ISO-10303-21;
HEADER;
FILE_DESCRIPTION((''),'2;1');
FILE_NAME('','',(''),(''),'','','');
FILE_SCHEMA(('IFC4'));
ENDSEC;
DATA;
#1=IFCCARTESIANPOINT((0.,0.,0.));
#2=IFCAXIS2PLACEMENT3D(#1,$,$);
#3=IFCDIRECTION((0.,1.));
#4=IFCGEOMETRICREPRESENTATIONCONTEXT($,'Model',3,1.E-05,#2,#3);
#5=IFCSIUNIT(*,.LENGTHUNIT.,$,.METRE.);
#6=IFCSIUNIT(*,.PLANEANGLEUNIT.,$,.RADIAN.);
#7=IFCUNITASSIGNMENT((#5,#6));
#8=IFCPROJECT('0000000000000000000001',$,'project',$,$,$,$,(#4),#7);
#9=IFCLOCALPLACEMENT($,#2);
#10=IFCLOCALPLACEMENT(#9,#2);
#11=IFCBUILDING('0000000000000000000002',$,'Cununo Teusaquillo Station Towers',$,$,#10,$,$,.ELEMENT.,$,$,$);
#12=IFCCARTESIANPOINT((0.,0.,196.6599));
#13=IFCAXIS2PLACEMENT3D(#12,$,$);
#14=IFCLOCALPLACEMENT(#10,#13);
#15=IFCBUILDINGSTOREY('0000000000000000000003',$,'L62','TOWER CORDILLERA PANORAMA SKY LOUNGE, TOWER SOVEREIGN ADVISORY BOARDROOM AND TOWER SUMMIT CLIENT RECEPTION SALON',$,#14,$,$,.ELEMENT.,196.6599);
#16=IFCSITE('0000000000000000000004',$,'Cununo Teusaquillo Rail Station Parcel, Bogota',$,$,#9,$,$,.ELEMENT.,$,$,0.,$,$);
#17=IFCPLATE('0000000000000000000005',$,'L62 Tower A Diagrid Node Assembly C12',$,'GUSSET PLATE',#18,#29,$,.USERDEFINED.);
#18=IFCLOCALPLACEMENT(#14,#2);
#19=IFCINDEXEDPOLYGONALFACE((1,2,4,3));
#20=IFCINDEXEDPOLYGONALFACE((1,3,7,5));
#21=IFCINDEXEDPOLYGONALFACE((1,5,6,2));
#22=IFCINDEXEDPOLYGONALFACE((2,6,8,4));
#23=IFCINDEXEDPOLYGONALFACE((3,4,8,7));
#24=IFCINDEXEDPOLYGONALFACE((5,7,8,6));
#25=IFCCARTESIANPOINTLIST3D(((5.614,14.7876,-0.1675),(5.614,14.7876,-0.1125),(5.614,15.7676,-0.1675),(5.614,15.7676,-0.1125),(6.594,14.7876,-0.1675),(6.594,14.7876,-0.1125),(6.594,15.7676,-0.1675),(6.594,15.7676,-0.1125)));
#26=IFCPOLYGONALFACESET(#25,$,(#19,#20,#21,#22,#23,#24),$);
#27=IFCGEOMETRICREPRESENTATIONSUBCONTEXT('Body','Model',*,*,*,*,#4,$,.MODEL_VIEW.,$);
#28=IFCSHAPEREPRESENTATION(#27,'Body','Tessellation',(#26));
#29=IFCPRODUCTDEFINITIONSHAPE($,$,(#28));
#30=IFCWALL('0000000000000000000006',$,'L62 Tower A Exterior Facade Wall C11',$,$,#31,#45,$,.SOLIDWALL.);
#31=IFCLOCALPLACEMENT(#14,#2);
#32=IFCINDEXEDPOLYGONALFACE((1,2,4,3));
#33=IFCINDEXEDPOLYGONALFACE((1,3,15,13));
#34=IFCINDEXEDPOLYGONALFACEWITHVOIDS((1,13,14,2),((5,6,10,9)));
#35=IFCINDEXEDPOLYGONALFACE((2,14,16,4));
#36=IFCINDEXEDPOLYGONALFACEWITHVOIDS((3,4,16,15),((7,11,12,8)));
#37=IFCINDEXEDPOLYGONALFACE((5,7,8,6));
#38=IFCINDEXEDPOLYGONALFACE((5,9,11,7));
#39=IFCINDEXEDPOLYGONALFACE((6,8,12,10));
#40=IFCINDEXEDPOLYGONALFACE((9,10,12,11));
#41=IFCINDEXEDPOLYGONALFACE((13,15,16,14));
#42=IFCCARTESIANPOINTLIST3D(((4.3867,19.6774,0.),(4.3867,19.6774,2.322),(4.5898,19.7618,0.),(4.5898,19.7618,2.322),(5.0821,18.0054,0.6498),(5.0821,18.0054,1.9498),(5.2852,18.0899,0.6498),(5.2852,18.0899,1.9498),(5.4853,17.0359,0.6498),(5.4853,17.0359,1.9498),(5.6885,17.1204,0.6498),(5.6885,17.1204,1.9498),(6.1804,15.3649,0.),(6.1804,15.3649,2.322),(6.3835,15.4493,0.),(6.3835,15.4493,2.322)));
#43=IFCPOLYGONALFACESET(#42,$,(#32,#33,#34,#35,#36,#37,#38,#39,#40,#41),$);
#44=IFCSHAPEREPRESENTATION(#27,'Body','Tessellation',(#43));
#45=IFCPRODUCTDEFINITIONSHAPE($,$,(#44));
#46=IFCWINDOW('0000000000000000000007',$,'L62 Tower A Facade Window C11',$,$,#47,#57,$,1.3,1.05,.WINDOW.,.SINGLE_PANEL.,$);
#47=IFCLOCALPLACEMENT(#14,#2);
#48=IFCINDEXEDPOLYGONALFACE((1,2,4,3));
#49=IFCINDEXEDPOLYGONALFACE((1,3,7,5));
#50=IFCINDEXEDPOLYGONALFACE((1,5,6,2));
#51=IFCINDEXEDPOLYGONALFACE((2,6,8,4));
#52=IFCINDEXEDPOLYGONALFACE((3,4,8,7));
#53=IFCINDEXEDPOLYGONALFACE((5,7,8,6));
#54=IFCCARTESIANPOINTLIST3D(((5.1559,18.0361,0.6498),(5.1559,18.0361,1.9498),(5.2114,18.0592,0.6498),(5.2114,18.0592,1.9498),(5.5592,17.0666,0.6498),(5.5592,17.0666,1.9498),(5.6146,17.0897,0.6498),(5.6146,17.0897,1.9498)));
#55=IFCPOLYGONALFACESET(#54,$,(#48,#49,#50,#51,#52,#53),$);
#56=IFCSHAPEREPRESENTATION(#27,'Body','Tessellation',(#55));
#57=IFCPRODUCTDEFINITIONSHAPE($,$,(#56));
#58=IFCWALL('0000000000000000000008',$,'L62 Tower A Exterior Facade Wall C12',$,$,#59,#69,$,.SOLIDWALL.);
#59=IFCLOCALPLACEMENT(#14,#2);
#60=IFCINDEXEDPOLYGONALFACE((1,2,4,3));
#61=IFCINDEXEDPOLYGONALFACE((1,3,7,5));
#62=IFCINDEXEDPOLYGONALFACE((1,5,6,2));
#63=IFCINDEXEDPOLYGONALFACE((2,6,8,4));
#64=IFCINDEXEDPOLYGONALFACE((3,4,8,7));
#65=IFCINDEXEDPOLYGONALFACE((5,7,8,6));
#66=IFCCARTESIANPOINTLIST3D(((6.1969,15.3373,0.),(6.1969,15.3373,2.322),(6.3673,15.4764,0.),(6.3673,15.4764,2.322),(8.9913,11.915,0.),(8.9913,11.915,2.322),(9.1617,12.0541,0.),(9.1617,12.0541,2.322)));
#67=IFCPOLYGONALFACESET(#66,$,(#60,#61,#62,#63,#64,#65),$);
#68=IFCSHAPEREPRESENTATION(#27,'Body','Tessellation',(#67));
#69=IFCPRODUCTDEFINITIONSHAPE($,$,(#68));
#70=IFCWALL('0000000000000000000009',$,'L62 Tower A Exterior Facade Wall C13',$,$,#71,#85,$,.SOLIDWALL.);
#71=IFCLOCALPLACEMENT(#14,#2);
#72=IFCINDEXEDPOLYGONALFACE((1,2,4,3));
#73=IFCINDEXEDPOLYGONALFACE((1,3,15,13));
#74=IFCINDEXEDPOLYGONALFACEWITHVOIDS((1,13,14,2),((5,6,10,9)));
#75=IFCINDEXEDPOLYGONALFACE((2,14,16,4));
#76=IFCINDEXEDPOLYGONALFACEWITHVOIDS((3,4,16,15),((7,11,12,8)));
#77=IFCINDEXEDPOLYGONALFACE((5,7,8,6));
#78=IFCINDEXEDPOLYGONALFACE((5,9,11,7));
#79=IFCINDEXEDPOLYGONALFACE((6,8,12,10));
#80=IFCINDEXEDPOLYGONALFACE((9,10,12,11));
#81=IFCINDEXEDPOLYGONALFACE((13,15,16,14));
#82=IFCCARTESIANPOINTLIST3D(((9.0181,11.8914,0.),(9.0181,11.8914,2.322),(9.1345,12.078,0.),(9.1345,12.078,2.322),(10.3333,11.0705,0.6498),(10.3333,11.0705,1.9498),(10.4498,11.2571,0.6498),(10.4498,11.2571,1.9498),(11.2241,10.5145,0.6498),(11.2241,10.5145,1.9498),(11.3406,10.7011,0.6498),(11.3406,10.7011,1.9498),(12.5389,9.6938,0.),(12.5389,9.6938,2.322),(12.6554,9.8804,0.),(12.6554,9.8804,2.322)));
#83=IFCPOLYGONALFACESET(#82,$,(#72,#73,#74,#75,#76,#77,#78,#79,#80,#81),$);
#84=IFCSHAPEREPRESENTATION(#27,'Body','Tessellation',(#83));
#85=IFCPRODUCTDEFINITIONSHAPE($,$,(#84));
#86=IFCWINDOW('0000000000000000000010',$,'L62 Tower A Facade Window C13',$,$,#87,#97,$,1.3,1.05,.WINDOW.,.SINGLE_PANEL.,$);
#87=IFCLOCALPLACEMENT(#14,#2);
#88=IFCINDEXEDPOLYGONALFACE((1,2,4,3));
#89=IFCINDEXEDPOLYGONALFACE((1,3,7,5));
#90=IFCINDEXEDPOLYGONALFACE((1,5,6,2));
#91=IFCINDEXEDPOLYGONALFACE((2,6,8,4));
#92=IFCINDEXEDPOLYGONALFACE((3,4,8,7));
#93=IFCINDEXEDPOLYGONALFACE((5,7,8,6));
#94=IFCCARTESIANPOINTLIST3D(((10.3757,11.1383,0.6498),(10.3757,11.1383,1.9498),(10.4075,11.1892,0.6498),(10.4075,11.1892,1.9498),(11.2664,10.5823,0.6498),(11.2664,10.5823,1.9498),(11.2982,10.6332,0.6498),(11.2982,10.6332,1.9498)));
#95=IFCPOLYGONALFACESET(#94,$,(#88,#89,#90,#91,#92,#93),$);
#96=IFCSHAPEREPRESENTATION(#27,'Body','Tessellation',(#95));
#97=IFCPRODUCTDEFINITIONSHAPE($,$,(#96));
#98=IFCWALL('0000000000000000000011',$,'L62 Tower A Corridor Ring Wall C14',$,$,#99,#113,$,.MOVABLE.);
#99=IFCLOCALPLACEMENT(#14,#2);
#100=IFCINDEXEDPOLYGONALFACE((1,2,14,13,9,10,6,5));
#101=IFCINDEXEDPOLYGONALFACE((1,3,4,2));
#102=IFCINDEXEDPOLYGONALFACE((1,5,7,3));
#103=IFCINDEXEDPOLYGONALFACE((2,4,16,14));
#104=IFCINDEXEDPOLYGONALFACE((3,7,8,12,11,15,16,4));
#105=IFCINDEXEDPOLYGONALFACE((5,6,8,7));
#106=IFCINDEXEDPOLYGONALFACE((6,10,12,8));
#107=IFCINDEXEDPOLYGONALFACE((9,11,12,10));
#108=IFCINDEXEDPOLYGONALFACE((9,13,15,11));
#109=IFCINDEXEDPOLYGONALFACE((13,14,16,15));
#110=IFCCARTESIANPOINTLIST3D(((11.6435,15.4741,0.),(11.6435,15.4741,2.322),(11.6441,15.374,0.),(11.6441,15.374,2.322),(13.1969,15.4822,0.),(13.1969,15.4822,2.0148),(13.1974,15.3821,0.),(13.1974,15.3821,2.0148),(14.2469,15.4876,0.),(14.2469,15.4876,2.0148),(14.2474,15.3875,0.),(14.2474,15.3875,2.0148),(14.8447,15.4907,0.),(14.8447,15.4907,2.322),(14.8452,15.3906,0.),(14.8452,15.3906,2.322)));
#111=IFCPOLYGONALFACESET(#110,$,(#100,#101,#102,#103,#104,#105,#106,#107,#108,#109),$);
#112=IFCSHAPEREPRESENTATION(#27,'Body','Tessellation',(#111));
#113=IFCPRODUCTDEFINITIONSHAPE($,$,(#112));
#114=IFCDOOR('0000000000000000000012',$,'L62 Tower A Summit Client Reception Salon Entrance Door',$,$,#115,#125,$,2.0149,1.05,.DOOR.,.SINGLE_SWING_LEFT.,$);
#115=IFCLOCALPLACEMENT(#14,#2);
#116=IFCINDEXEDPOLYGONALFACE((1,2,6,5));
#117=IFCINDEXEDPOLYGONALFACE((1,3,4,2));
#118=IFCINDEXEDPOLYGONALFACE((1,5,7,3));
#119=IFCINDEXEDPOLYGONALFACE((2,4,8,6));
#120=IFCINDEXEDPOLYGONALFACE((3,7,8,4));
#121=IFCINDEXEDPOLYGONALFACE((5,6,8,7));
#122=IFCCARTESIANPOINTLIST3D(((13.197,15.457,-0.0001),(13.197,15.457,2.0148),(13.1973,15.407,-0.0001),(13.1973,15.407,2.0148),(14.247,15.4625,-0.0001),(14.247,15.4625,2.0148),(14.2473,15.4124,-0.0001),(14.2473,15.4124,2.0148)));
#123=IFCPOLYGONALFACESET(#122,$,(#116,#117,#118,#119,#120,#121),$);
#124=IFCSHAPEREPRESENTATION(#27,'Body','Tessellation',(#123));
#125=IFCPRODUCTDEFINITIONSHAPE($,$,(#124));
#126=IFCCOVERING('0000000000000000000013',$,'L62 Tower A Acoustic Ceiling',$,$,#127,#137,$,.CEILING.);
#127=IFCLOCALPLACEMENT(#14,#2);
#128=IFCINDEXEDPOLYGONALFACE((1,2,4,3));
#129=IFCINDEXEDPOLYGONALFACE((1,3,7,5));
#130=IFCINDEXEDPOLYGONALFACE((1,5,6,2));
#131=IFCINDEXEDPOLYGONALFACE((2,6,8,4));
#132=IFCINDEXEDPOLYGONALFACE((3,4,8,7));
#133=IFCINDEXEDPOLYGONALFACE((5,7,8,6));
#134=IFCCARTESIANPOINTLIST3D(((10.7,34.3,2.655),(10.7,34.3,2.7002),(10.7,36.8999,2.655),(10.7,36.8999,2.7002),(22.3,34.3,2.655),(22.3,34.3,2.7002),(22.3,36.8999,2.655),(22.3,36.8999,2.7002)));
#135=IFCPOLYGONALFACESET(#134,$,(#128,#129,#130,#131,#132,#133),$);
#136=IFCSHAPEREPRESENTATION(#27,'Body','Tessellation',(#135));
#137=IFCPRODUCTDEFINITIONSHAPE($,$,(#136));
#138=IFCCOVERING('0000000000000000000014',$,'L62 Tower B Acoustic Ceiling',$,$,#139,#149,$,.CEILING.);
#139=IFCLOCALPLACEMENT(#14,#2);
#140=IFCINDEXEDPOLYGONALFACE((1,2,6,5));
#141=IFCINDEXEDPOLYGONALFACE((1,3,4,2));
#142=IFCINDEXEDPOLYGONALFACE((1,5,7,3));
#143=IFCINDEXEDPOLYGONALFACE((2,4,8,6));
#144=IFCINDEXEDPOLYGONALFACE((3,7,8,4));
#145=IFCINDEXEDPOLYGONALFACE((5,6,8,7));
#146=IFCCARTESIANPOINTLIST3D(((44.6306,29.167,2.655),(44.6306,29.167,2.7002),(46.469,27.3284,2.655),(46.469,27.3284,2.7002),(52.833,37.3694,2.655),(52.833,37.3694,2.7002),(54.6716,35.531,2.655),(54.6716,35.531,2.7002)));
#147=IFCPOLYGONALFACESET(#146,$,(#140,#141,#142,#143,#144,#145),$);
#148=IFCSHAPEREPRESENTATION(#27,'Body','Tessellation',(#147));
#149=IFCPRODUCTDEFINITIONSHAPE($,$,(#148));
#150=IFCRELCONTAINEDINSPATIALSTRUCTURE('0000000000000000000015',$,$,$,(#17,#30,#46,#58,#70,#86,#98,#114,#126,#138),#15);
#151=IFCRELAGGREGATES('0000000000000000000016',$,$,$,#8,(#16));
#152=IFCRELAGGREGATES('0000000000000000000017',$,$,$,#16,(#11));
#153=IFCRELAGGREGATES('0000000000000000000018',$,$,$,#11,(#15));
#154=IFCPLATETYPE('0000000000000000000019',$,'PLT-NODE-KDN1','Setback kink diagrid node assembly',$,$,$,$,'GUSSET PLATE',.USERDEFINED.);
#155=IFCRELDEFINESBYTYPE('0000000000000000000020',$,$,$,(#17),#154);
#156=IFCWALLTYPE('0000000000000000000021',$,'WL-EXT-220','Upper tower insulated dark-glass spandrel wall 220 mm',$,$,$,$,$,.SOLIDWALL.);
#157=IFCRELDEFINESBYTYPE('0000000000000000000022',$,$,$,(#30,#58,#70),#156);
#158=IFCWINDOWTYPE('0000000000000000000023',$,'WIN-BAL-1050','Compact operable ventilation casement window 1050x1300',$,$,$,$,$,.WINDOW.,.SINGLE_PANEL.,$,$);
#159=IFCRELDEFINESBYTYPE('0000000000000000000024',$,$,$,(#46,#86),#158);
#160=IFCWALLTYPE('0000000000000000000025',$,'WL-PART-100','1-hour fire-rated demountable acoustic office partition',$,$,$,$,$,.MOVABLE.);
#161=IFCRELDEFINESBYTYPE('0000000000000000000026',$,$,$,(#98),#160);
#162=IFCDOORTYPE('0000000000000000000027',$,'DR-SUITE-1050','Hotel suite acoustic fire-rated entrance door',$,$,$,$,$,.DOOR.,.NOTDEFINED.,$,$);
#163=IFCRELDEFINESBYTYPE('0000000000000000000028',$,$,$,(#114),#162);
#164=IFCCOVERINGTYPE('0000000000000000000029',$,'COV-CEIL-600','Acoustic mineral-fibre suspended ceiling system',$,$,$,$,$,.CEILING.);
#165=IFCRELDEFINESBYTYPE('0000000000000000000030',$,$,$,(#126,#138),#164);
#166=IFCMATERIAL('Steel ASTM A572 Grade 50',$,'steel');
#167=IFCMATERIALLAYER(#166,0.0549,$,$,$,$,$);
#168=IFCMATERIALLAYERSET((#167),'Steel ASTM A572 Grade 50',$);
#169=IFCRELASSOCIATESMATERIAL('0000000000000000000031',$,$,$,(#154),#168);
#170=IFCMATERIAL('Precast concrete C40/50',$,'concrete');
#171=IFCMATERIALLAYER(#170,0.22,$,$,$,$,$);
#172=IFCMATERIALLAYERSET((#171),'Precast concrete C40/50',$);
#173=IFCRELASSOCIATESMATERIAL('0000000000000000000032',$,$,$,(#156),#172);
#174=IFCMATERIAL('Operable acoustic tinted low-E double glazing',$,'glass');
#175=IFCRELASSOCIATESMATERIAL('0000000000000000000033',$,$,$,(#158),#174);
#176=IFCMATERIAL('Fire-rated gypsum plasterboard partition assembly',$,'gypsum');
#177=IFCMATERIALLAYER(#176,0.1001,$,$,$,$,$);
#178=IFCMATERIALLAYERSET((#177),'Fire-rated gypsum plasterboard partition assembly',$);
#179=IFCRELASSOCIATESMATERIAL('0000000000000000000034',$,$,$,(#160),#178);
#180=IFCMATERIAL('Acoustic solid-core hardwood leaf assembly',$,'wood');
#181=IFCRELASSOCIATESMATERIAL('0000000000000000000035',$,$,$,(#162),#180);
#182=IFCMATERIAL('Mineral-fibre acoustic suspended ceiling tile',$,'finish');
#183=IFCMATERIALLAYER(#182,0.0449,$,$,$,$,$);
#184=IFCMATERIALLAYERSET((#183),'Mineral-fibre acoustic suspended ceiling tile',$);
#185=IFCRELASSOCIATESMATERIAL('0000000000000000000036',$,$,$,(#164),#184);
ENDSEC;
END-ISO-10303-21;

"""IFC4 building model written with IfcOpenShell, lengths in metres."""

from ifc_helpers import new_model, si_unit, direction, frame, frame_2d, origin, origin_2d, place, context, subcontext, project, spatial, polyline, rectangle, outline, extrude, source, transform, mapped, material, layer, layer_set, type_object, element, fill, save


model = new_model("IFC4")

# Units and contexts
model_context = context("Model", 3, precision=1e-05, world=origin(), true_north=direction((0.0, 1.0)))
body_context = subcontext(model_context, "Body", "Model", "MODEL_VIEW")
ifc_project = project(units=[si_unit("LENGTHUNIT", "METRE"), si_unit("PLANEANGLEUNIT", "RADIAN")], contexts=[model_context])

# Site, building, storey
site_placement = place(None, origin())
site = spatial("IfcSite", under=ifc_project, at=site_placement, Name="Cununo Teusaquillo Rail Station Parcel, Bogota", CompositionType="ELEMENT", RefElevation=0.0)
building_placement = place(site_placement, origin())
building = spatial("IfcBuilding", under=site, at=building_placement, Name="Cununo Teusaquillo Station Towers", CompositionType="ELEMENT")
storey_placement = place(building_placement, frame((0.0, 0.0, 196.6599)))
storey = spatial("IfcBuildingStorey", under=building, at=storey_placement, Name="L62", Description="TOWER CORDILLERA PANORAMA SKY LOUNGE, TOWER SOVEREIGN ADVISORY BOARDROOM AND TOWER SUMMIT CLIENT RECEPTION SALON", CompositionType="ELEMENT", Elevation=196.6599)

# Plate
ifc_material_1 = material(Name="Steel ASTM A572 Grade 50", Category="steel")
ifc_layer_1 = layer(ifc_material_1, 0.0549)
ifc_layer_set_1 = layer_set([ifc_layer_1], Name="Steel ASTM A572 Grade 50")
plate_type = type_object("IfcPlateType", Name="PLT-NODE-KDN1", Description="Setback kink diagrid node assembly", ElementType="GUSSET PLATE", PredefinedType="USERDEFINED", material=ifc_layer_set_1)
shared_shape_1 = source(origin(), body_context, "Body", "SweptSolid", [
    extrude(rectangle(XDim=0.98, YDim=0.98, at=origin_2d()), origin(), (0.0, 0.0, 1.0), 0.0549),
])
plate_placement = place(storey_placement, frame((6.104, 15.2776, -0.1675), z_axis=(0.0, 0.0, 1.0), x_axis=(1.0, 0.0, 0.0)))
element("IfcPlate", 1, at=plate_placement, inside=storey, type_object=plate_type, Name="L62 Tower A Diagrid Node Assembly C12", ObjectType="GUSSET PLATE", PredefinedType="USERDEFINED", context=body_context, shape_type="MappedRepresentation", body=[
    mapped(shared_shape_1, transform((0.0, 0.0, 0.0), x_axis=(1.0, 0.0, 0.0), y_axis=(0.0, 1.0, 0.0), z_axis=(0.0, 0.0, 1.0), scale=1.0)),
])

# Wall, opening, window
ifc_material_2 = material(Name="Precast concrete C40/50", Category="concrete")
ifc_layer_2 = layer(ifc_material_2, 0.22)
ifc_layer_set_2 = layer_set([ifc_layer_2], Name="Precast concrete C40/50")
wall_type_1 = type_object("IfcWallType", Name="WL-EXT-220", Description="Upper tower insulated dark-glass spandrel wall 220 mm", PredefinedType="SOLIDWALL", material=ifc_layer_set_2)
wall_1_placement = place(storey_placement, frame((6.282, 15.407, 0.0), z_axis=(0.0, 0.0, 1.0), x_axis=(-0.384036, 0.923318, 0.0)))
wall_1 = element("IfcWall", 2, at=wall_1_placement, inside=storey, type_object=wall_type_1, Name="L62 Tower A Exterior Facade Wall C11", PredefinedType="SOLIDWALL", context=body_context, shape_type="SweptSolid", body=[
    extrude(rectangle(XDim=4.6707, YDim=0.22, at=frame_2d((2.3354, 0.0))), origin(), (0.0, 0.0, 1.0), 2.322),
])
shared_shape_2 = source(origin(), body_context, "Body", "SweptSolid", [
    extrude(rectangle(XDim=1.05, YDim=1.3, at=frame_2d((0.5249, 0.6499))), frame((0.0, 0.1199, 0.0), z_axis=(0.0, -1.0, 0.0), x_axis=(1.0, 0.0, 0.0)), (0.0, 0.0, 1.0), 0.24),
])
opening_1_placement = place(wall_1_placement, frame((1.8101, 0.0, 0.6499)))
opening_1 = element("IfcOpeningElement", 3, at=opening_1_placement, cuts=wall_1, PredefinedType="OPENING", context=body_context, shape_type="MappedRepresentation", body=[
    mapped(shared_shape_2, transform((0.0, 0.0, 0.0), x_axis=(1.0, 0.0, 0.0), y_axis=(0.0, 1.0, 0.0), z_axis=(0.0, 0.0, 1.0), scale=1.0)),
])
ifc_material_3 = material(Name="Operable acoustic tinted low-E double glazing", Category="glass")
window_type = type_object("IfcWindowType", Name="WIN-BAL-1050", Description="Compact operable ventilation casement window 1050x1300", PartitioningType="SINGLE_PANEL", PredefinedType="WINDOW", material=ifc_material_3)
shared_shape_3 = source(origin(), body_context, "Body", "SweptSolid", [
    extrude(rectangle(XDim=1.05, YDim=1.3, at=frame_2d((0.5249, 0.6499))), frame((0.0, 0.03, 0.0), z_axis=(0.0, -1.0, 0.0), x_axis=(1.0, 0.0, 0.0)), (0.0, 0.0, 1.0), 0.0601),
])
window_1_placement = place(opening_1_placement, origin())
window_1 = element("IfcWindow", 4, at=window_1_placement, inside=storey, type_object=window_type, Name="L62 Tower A Facade Window C11", OverallHeight=1.3, OverallWidth=1.05, PartitioningType="SINGLE_PANEL", PredefinedType="WINDOW", context=body_context, shape_type="MappedRepresentation", body=[
    mapped(shared_shape_3, transform((0.0, 0.0, 0.0), x_axis=(1.0, 0.0, 0.0), y_axis=(0.0, 1.0, 0.0), z_axis=(0.0, 0.0, 1.0), scale=1.0)),
])
fill(opening_1, window_1)

# Wall
wall_2_placement = place(storey_placement, frame((9.0764, 11.9846, 0.0), z_axis=(0.0, 0.0, 1.0), x_axis=(-0.632467, 0.774587, 0.0)))
element("IfcWall", 5, at=wall_2_placement, inside=storey, type_object=wall_type_1, Name="L62 Tower A Exterior Facade Wall C12", PredefinedType="SOLIDWALL", context=body_context, shape_type="SweptSolid", body=[
    extrude(rectangle(XDim=4.4182, YDim=0.22, at=frame_2d((2.209, 0.0))), origin(), (0.0, 0.0, 1.0), 2.322),
])

# Wall, opening, window
wall_3_placement = place(storey_placement, frame((12.5972, 9.7871, 0.0), z_axis=(0.0, 0.0, 1.0), x_axis=(-0.848319, 0.529486, 0.0)))
wall_3 = element("IfcWall", 6, at=wall_3_placement, inside=storey, type_object=wall_type_1, Name="L62 Tower A Exterior Facade Wall C13", PredefinedType="SOLIDWALL", context=body_context, shape_type="SweptSolid", body=[
    extrude(rectangle(XDim=4.1504, YDim=0.22, at=frame_2d((2.0752, 0.0))), origin(), (0.0, 0.0, 1.0), 2.322),
])
opening_2_placement = place(wall_3_placement, frame((1.55, 0.0, 0.6499)))
opening_2 = element("IfcOpeningElement", 7, at=opening_2_placement, cuts=wall_3, PredefinedType="OPENING", context=body_context, shape_type="MappedRepresentation", body=[
    mapped(shared_shape_2, transform((0.0, 0.0, 0.0), x_axis=(1.0, 0.0, 0.0), y_axis=(0.0, 1.0, 0.0), z_axis=(0.0, 0.0, 1.0), scale=1.0)),
])
window_2_placement = place(opening_2_placement, origin())
window_2 = element("IfcWindow", 8, at=window_2_placement, inside=storey, type_object=window_type, Name="L62 Tower A Facade Window C13", OverallHeight=1.3, OverallWidth=1.05, PartitioningType="SINGLE_PANEL", PredefinedType="WINDOW", context=body_context, shape_type="MappedRepresentation", body=[
    mapped(shared_shape_3, transform((0.0, 0.0, 0.0), x_axis=(1.0, 0.0, 0.0), y_axis=(0.0, 1.0, 0.0), z_axis=(0.0, 0.0, 1.0), scale=1.0)),
])
fill(opening_2, window_2)

# Wall, opening, door
ifc_material_4 = material(Name="Fire-rated gypsum plasterboard partition assembly", Category="gypsum")
ifc_layer_3 = layer(ifc_material_4, 0.1001)
ifc_layer_set_3 = layer_set([ifc_layer_3], Name="Fire-rated gypsum plasterboard partition assembly")
wall_type_2 = type_object("IfcWallType", Name="WL-PART-100", Description="1-hour fire-rated demountable acoustic office partition", PredefinedType="MOVABLE", material=ifc_layer_set_3)
wall_4_placement = place(storey_placement, frame((11.6438, 15.4241, 0.0), z_axis=(0.0, 0.0, 1.0), x_axis=(0.999987, 0.005186, 0.0)))
wall_4 = element("IfcWall", 9, at=wall_4_placement, inside=storey, type_object=wall_type_2, Name="L62 Tower A Corridor Ring Wall C14", PredefinedType="MOVABLE", context=body_context, shape_type="SweptSolid", body=[
    extrude(rectangle(XDim=3.2012, YDim=0.1001, at=frame_2d((1.6006, 0.0))), origin(), (0.0, 0.0, 1.0), 2.322),
])
shared_shape_4 = source(origin(), body_context, "Body", "SweptSolid", [
    extrude(rectangle(XDim=1.05, YDim=2.0149, at=frame_2d((0.5249, 1.0073))), frame((0.0, 0.0601, 0.0), z_axis=(0.0, -1.0, 0.0), x_axis=(1.0, 0.0, 0.0)), (0.0, 0.0, 1.0), 0.1201),
])
opening_3_placement = place(wall_4_placement, frame((1.5535, 0.0, 0.0)))
opening_3 = element("IfcOpeningElement", 10, at=opening_3_placement, cuts=wall_4, PredefinedType="OPENING", context=body_context, shape_type="MappedRepresentation", body=[
    mapped(shared_shape_4, transform((0.0, 0.0, 0.0), x_axis=(1.0, 0.0, 0.0), y_axis=(0.0, 1.0, 0.0), z_axis=(0.0, 0.0, 1.0), scale=1.0)),
])
ifc_material_5 = material(Name="Acoustic solid-core hardwood leaf assembly", Category="wood")
door_type = type_object("IfcDoorType", Name="DR-SUITE-1050", Description="Hotel suite acoustic fire-rated entrance door", OperationType="NOTDEFINED", PredefinedType="DOOR", material=ifc_material_5)
shared_shape_5 = source(origin(), body_context, "Body", "SweptSolid", [
    extrude(rectangle(XDim=1.05, YDim=2.0149, at=frame_2d((0.5249, 1.0073))), frame((0.0, 0.0249, 0.0), z_axis=(0.0, -1.0, 0.0), x_axis=(1.0, 0.0, 0.0)), (0.0, 0.0, 1.0), 0.05),
])
door_placement = place(opening_3_placement, origin())
door = element("IfcDoor", 11, at=door_placement, inside=storey, type_object=door_type, Name="L62 Tower A Summit Client Reception Salon Entrance Door", OperationType="SINGLE_SWING_LEFT", OverallHeight=2.0149, OverallWidth=1.05, PredefinedType="DOOR", context=body_context, shape_type="MappedRepresentation", body=[
    mapped(shared_shape_5, transform((0.0, 0.0, 0.0), x_axis=(1.0, 0.0, 0.0), y_axis=(0.0, 1.0, 0.0), z_axis=(0.0, 0.0, 1.0), scale=1.0)),
])
fill(opening_3, door)

# Coverings
ifc_material_6 = material(Name="Mineral-fibre acoustic suspended ceiling tile", Category="finish")
ifc_layer_4 = layer(ifc_material_6, 0.0449)
ifc_layer_set_4 = layer_set([ifc_layer_4], Name="Mineral-fibre acoustic suspended ceiling tile")
covering_type_1 = type_object("IfcCoveringType", Name="COV-CEIL-600", Description="Acoustic mineral-fibre suspended ceiling system", PredefinedType="CEILING", material=ifc_layer_set_4)
covering_1_placement = place(storey_placement, frame((0.0, 0.0, 2.655)))
element("IfcCovering", 12, at=covering_1_placement, inside=storey, type_object=covering_type_1, Name="L62 Tower A Acoustic Ceiling", PredefinedType="CEILING", context=body_context, shape_type="SweptSolid", body=[
    extrude(outline(polyline([(22.3, 36.8999), (22.3, 34.3), (10.7, 34.3), (10.7, 36.8999), (22.3, 36.8999)])), origin(), (0.0, 0.0, 1.0), 0.0452),
])
covering_2_placement = place(storey_placement, frame((0.0, 0.0, 2.655)))
element("IfcCovering", 13, at=covering_2_placement, inside=storey, type_object=covering_type_1, Name="L62 Tower B Acoustic Ceiling", PredefinedType="CEILING", context=body_context, shape_type="SweptSolid", body=[
    extrude(outline(polyline([(52.833, 37.3694), (54.6716, 35.531), (46.469, 27.3284), (44.6306, 29.167), (52.833, 37.3694)])), origin(), (0.0, 0.0, 1.0), 0.0452),
])

save(model, "model.ifc")
